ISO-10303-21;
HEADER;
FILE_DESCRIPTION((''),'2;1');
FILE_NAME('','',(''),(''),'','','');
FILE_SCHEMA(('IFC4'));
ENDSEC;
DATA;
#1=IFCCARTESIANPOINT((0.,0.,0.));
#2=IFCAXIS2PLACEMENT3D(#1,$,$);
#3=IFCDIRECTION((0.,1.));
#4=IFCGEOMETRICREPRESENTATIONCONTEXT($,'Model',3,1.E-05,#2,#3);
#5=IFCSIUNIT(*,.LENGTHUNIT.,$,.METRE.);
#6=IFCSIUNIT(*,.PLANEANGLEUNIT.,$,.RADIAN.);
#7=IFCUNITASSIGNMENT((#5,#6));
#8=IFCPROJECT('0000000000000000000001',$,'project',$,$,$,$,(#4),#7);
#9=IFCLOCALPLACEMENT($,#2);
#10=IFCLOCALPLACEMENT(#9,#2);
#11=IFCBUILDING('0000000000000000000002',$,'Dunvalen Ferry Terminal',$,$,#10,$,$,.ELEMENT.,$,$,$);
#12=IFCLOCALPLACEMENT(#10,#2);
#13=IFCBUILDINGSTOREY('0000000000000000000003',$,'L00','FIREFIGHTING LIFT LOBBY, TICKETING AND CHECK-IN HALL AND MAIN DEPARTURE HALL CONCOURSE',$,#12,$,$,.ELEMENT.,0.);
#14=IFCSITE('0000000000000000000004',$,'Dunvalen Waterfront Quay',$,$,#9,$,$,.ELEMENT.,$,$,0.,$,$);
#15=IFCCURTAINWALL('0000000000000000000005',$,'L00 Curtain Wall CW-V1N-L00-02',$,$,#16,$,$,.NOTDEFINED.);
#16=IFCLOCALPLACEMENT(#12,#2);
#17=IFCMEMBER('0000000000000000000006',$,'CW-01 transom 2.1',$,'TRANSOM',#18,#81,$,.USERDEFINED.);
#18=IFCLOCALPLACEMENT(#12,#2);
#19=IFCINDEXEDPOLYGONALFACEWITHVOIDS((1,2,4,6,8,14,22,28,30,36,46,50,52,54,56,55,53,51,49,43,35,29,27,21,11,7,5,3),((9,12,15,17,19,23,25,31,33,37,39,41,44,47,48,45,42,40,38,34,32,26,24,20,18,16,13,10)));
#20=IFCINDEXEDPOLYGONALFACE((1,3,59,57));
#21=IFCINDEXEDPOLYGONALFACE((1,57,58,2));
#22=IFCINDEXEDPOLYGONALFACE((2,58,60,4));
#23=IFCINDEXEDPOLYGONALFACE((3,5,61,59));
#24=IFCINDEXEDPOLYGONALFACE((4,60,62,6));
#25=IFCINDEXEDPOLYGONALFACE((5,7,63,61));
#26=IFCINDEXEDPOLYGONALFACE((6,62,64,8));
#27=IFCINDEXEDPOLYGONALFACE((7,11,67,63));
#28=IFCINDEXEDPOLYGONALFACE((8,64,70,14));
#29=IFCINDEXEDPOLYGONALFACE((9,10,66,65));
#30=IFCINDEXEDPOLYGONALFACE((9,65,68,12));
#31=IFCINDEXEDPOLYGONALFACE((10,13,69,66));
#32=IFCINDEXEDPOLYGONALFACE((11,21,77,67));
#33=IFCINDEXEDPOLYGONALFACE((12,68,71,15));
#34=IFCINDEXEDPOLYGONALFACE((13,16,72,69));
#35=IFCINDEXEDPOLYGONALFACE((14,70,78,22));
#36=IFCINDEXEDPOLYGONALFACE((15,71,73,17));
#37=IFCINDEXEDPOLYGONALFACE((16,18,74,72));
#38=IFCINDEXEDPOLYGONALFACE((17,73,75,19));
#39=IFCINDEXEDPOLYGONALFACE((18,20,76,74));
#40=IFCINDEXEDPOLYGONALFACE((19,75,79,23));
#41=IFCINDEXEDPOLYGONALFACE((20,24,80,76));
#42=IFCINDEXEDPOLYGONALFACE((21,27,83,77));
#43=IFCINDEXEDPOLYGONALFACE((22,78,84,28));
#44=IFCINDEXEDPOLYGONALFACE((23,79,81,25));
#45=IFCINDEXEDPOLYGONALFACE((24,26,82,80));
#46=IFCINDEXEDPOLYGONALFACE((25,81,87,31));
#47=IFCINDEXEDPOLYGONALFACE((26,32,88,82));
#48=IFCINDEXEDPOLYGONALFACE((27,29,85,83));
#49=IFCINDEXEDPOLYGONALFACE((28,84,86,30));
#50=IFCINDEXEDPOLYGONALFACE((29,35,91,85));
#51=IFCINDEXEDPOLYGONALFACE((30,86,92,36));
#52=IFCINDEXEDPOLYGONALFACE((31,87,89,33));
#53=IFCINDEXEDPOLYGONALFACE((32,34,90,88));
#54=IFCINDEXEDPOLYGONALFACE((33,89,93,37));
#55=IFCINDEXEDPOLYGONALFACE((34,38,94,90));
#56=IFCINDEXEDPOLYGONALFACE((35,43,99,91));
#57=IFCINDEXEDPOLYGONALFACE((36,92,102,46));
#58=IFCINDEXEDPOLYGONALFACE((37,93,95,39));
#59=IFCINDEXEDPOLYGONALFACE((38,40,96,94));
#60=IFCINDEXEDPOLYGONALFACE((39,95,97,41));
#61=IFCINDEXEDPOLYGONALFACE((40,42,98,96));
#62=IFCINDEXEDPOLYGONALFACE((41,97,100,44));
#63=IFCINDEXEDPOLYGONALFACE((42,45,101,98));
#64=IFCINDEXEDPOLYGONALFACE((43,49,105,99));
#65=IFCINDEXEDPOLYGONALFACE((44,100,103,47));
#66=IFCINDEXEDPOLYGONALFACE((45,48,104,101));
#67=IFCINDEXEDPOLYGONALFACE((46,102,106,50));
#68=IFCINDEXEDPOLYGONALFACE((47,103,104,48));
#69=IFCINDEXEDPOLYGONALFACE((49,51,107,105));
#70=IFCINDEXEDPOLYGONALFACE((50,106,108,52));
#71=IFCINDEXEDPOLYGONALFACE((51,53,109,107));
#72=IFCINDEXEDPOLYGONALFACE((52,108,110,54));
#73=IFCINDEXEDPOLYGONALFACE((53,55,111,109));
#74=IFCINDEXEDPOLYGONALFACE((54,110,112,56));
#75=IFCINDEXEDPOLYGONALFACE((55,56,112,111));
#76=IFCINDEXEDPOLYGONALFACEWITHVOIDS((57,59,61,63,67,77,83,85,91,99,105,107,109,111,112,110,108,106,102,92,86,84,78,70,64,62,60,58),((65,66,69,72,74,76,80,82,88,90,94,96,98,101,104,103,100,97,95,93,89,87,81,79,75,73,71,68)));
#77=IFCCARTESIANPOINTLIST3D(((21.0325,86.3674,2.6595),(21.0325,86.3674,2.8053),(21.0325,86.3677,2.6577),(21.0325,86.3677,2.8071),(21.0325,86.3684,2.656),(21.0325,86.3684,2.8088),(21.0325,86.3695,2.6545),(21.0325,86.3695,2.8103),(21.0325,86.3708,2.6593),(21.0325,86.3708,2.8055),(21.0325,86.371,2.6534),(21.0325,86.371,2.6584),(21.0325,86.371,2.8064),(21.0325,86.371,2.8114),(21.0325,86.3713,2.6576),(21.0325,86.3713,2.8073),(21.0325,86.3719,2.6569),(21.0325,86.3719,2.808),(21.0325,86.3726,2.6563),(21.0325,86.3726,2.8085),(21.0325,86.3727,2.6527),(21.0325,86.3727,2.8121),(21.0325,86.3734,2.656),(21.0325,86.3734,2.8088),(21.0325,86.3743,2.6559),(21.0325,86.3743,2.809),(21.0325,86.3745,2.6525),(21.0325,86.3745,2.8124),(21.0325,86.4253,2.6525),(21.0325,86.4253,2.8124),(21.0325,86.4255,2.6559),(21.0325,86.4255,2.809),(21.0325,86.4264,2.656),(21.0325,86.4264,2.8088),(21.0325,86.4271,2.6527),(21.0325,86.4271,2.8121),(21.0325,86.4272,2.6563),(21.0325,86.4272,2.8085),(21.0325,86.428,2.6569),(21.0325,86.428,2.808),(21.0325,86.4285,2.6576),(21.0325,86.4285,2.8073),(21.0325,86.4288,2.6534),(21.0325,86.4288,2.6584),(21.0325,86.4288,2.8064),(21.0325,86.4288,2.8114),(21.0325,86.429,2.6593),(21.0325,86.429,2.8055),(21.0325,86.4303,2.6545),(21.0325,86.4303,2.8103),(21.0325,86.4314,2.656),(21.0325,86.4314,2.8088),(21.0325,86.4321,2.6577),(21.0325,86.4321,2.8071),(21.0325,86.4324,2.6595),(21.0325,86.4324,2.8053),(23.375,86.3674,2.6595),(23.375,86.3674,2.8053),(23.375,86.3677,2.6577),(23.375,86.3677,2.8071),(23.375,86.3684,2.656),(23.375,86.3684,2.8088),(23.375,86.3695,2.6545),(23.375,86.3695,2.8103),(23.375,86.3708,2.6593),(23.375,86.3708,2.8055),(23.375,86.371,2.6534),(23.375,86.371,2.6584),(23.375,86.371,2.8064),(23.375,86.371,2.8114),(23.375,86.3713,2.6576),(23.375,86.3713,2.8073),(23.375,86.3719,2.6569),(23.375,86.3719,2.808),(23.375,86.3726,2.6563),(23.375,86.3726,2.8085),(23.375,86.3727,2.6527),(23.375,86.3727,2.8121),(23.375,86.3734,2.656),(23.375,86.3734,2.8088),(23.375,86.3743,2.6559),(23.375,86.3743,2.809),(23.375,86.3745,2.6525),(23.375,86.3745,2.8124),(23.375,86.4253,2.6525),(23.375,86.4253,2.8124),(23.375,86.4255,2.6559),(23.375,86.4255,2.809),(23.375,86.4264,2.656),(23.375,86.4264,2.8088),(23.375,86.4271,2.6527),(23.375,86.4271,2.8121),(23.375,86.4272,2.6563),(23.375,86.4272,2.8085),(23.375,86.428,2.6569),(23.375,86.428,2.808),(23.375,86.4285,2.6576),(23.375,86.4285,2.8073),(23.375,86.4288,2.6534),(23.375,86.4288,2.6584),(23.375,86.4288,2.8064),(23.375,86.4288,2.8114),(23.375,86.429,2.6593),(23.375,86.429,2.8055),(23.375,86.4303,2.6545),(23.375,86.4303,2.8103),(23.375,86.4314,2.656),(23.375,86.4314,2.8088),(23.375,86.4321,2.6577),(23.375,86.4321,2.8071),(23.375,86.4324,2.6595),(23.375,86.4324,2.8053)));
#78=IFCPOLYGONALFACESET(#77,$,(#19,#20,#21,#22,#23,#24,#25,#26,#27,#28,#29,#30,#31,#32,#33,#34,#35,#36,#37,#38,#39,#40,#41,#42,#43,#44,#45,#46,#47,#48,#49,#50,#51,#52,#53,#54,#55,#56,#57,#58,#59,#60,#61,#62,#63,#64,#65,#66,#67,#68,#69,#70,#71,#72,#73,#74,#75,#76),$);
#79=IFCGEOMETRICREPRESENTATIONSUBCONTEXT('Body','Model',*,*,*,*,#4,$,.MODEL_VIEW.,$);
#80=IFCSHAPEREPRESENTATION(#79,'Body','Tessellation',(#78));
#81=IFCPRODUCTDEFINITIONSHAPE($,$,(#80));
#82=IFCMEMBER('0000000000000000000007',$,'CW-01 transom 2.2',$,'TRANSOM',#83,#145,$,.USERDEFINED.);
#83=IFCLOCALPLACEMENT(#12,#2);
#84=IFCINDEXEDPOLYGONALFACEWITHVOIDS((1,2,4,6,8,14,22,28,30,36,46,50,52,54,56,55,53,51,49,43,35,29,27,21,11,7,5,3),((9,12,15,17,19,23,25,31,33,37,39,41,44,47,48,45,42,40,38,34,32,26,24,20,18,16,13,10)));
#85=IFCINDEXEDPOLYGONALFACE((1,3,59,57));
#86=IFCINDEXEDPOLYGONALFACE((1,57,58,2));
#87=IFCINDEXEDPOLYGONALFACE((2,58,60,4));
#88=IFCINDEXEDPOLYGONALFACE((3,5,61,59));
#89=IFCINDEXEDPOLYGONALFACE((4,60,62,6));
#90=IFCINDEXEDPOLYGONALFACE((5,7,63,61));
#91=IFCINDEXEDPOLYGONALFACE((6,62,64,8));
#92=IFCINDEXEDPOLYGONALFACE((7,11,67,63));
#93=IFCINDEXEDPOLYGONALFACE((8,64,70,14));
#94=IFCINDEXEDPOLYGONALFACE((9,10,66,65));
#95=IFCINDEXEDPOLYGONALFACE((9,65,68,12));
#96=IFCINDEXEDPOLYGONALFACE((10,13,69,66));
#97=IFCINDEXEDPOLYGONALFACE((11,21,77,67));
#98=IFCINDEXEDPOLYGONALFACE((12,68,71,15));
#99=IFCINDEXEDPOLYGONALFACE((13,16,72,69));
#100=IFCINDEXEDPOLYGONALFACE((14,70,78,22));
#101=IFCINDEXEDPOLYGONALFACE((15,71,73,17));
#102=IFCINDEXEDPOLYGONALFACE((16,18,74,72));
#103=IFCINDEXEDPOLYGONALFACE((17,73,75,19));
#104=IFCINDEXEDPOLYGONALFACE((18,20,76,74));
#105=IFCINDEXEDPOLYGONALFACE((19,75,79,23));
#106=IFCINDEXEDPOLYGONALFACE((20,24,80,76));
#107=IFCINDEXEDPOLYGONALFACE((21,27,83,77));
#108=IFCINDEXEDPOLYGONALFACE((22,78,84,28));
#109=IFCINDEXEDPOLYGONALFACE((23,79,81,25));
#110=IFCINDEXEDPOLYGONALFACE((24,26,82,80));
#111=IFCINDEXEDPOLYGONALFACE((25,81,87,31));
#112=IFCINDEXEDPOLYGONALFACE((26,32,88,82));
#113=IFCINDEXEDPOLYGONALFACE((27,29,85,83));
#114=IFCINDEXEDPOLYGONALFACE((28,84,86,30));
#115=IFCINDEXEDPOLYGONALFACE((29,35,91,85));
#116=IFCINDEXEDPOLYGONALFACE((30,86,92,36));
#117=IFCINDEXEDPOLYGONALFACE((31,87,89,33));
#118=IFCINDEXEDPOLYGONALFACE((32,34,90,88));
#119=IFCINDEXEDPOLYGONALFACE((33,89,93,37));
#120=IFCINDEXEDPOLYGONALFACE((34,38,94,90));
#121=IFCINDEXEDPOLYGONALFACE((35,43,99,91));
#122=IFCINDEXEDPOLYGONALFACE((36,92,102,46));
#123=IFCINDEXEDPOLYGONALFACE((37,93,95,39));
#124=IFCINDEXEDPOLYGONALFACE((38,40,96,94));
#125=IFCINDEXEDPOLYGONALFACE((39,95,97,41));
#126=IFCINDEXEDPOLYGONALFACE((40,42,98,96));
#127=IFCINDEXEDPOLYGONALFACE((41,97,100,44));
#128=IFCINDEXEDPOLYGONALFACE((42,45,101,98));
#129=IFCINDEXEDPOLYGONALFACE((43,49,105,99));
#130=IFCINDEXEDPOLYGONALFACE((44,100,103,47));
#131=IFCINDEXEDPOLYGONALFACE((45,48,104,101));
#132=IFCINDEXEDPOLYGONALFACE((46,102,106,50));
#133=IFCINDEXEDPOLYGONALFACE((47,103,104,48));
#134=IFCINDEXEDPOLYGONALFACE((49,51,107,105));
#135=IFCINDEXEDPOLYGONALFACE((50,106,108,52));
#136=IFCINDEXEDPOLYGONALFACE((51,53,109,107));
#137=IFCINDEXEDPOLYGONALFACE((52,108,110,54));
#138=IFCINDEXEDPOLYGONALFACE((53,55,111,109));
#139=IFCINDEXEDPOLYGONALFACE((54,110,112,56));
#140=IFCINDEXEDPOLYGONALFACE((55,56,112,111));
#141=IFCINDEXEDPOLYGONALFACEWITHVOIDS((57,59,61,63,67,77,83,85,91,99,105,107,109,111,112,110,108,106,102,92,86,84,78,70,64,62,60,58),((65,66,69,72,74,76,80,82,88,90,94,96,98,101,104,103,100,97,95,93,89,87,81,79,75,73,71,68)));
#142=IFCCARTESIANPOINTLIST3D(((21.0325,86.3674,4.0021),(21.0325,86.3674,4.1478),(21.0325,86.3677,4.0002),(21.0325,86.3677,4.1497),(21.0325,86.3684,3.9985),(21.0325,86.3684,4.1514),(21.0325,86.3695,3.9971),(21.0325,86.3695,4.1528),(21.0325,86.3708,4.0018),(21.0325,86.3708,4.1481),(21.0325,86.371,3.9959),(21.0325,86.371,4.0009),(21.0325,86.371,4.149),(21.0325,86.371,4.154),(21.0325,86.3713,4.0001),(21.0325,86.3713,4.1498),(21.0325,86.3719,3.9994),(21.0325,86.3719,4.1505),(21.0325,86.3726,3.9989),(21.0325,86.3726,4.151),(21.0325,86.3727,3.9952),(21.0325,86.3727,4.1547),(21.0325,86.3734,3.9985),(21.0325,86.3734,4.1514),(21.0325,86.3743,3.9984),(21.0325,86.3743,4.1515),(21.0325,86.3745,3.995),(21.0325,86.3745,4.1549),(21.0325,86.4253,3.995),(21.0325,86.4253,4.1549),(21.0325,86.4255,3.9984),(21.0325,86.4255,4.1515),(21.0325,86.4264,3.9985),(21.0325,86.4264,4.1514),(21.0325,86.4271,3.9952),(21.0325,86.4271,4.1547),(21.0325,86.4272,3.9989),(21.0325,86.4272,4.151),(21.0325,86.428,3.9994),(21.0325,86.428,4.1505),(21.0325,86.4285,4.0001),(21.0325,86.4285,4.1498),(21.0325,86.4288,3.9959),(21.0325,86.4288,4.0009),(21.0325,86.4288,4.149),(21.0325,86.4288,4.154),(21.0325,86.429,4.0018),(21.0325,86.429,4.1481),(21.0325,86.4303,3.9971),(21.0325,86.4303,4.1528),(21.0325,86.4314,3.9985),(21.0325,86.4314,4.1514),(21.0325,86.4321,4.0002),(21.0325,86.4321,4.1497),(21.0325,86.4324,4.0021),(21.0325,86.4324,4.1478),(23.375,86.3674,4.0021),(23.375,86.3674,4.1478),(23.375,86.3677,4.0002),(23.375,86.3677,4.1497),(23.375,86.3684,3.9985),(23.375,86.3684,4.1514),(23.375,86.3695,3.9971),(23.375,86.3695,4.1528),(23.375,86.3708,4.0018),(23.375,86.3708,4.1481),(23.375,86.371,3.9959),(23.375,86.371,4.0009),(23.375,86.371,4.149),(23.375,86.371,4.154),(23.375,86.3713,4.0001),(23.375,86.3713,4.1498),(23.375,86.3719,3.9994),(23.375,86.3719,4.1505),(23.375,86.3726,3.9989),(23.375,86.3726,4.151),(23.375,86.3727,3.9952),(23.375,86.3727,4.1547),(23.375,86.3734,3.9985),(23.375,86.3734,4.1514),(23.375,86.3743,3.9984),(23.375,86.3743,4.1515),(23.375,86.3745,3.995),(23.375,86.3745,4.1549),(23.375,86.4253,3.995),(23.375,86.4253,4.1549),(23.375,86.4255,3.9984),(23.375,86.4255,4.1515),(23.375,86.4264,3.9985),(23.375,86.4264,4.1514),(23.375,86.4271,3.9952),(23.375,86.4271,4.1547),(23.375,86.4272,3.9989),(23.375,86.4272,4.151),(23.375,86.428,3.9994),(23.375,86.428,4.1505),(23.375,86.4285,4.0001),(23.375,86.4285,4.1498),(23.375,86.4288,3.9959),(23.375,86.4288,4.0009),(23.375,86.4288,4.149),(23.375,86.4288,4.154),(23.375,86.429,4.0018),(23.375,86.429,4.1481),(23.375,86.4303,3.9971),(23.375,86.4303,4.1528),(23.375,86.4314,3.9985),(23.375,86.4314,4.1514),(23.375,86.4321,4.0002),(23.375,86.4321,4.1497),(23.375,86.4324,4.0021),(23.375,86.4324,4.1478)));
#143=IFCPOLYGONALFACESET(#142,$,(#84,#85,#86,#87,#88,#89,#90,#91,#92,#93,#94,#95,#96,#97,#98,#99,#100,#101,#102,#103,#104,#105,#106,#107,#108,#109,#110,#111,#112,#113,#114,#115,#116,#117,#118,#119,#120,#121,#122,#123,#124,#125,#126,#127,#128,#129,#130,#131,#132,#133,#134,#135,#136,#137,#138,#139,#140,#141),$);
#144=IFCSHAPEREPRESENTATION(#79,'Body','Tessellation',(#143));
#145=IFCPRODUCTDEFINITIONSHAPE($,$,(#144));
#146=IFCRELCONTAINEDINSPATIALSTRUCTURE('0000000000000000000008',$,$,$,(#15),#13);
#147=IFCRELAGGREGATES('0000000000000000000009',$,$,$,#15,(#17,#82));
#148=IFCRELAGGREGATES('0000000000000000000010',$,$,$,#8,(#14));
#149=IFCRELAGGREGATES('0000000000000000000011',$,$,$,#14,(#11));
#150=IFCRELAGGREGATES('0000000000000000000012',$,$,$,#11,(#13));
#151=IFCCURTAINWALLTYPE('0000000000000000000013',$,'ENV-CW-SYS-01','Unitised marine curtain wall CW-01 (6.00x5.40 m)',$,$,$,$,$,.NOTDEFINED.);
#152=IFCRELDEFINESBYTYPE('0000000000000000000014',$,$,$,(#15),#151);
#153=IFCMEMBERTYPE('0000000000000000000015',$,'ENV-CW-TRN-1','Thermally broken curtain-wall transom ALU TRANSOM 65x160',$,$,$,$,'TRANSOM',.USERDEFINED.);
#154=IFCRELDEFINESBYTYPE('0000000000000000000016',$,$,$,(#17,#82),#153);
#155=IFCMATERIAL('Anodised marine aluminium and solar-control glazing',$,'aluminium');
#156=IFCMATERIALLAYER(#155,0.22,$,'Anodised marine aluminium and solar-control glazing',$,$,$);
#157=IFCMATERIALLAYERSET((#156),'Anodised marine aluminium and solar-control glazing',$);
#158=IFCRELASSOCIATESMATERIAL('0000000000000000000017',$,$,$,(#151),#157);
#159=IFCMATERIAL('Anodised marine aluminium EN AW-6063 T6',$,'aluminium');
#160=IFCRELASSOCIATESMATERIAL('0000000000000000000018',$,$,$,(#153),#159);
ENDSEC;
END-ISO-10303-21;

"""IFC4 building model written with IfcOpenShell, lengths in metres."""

from ifc_helpers import new_model, si_unit, direction, frame, origin, origin_2d, place, context, subcontext, project, spatial, hollow_rectangle, extrude, material, layer, layer_set, material_profile, profile_set, type_object, element, aggregate, save


model = new_model("IFC4")

# Units and contexts
model_context = context("Model", 3, precision=1e-05, world=origin(), true_north=direction((0.0, 1.0)))
body_context = subcontext(model_context, "Body", "Model", "MODEL_VIEW")
ifc_project = project(units=[si_unit("LENGTHUNIT", "METRE"), si_unit("PLANEANGLEUNIT", "RADIAN")], contexts=[model_context])

# Site, building, storey
site_placement = place(None, origin())
site = spatial("IfcSite", under=ifc_project, at=site_placement, Name="Dunvalen Waterfront Quay", CompositionType="ELEMENT", RefElevation=0.0)
building_placement = place(site_placement, origin())
building = spatial("IfcBuilding", under=site, at=building_placement, Name="Dunvalen Ferry Terminal", CompositionType="ELEMENT")
storey_placement = place(building_placement, origin())
storey = spatial("IfcBuildingStorey", under=building, at=storey_placement, Name="L00", Description="FIREFIGHTING LIFT LOBBY, TICKETING AND CHECK-IN HALL AND MAIN DEPARTURE HALL CONCOURSE", CompositionType="ELEMENT", Elevation=0.0)

# Curtain wall
ifc_material_1 = material(Name="Anodised marine aluminium and solar-control glazing", Category="aluminium")
ifc_layer_1 = layer(ifc_material_1, 0.22, Name="Anodised marine aluminium and solar-control glazing")
ifc_layer_set_1 = layer_set([ifc_layer_1], Name="Anodised marine aluminium and solar-control glazing")
curtain_wall_type = type_object("IfcCurtainWallType", Name="ENV-CW-SYS-01", Description="Unitised marine curtain wall CW-01 (6.00x5.40 m)", PredefinedType="NOTDEFINED", material=ifc_layer_set_1)
curtain_wall_1_placement = place(storey_placement, origin())
curtain_wall_1 = element("IfcCurtainWall", 1, at=curtain_wall_1_placement, inside=storey, type_object=curtain_wall_type, Name="L00 Curtain Wall CW-V1N-L00-02", PredefinedType="NOTDEFINED")
ifc_material_2 = material(Name="Anodised marine aluminium EN AW-6063 T6", Category="aluminium")

# Members
ifc_material_profile_1 = material_profile(ifc_material_2, hollow_rectangle(XDim=0.0649, YDim=0.1599, WallThickness=0.0034, InnerFilletRadius=0.0034, OuterFilletRadius=0.0071, at=origin_2d()), Name="Anodised marine aluminium EN AW-6063 T6")
ifc_profile_set_1 = profile_set([ifc_material_profile_1], Name="Anodised marine aluminium EN AW-6063 T6")
member_type_1 = type_object("IfcMemberType", Name="ENV-CW-TRN-1", Description="Thermally broken curtain-wall transom ALU TRANSOM 65x160", ElementType="TRANSOM", PredefinedType="USERDEFINED", material=ifc_profile_set_1)
member_1_placement = place(storey_placement, frame((21.0325, 86.3999, 2.7324), z_axis=(1.0, 0.0, 0.0), x_axis=(0.0, 1.0, 0.0)))
member_1 = element("IfcMember", 2, at=member_1_placement, type_object=member_type_1, Name="CW-01 transom 2.1", ObjectType="TRANSOM", PredefinedType="USERDEFINED", context=body_context, shape_type="SweptSolid", body=[
    extrude(hollow_rectangle(XDim=0.0649, YDim=0.1599, WallThickness=0.0034, InnerFilletRadius=0.0034, OuterFilletRadius=0.0071, at=origin_2d()), origin(), (0.0, 0.0, 1.0), 2.3425),
])
member_2_placement = place(storey_placement, frame((21.0325, 86.3999, 4.075), z_axis=(1.0, 0.0, 0.0), x_axis=(0.0, 1.0, 0.0)))
member_2 = element("IfcMember", 3, at=member_2_placement, type_object=member_type_1, Name="CW-01 transom 2.2", ObjectType="TRANSOM", PredefinedType="USERDEFINED", context=body_context, shape_type="SweptSolid", body=[
    extrude(hollow_rectangle(XDim=0.0649, YDim=0.1599, WallThickness=0.0034, InnerFilletRadius=0.0034, OuterFilletRadius=0.0071, at=origin_2d()), origin(), (0.0, 0.0, 1.0), 2.3425),
])

aggregate(curtain_wall_1, [member_1, member_2])

save(model, "model.ifc")
